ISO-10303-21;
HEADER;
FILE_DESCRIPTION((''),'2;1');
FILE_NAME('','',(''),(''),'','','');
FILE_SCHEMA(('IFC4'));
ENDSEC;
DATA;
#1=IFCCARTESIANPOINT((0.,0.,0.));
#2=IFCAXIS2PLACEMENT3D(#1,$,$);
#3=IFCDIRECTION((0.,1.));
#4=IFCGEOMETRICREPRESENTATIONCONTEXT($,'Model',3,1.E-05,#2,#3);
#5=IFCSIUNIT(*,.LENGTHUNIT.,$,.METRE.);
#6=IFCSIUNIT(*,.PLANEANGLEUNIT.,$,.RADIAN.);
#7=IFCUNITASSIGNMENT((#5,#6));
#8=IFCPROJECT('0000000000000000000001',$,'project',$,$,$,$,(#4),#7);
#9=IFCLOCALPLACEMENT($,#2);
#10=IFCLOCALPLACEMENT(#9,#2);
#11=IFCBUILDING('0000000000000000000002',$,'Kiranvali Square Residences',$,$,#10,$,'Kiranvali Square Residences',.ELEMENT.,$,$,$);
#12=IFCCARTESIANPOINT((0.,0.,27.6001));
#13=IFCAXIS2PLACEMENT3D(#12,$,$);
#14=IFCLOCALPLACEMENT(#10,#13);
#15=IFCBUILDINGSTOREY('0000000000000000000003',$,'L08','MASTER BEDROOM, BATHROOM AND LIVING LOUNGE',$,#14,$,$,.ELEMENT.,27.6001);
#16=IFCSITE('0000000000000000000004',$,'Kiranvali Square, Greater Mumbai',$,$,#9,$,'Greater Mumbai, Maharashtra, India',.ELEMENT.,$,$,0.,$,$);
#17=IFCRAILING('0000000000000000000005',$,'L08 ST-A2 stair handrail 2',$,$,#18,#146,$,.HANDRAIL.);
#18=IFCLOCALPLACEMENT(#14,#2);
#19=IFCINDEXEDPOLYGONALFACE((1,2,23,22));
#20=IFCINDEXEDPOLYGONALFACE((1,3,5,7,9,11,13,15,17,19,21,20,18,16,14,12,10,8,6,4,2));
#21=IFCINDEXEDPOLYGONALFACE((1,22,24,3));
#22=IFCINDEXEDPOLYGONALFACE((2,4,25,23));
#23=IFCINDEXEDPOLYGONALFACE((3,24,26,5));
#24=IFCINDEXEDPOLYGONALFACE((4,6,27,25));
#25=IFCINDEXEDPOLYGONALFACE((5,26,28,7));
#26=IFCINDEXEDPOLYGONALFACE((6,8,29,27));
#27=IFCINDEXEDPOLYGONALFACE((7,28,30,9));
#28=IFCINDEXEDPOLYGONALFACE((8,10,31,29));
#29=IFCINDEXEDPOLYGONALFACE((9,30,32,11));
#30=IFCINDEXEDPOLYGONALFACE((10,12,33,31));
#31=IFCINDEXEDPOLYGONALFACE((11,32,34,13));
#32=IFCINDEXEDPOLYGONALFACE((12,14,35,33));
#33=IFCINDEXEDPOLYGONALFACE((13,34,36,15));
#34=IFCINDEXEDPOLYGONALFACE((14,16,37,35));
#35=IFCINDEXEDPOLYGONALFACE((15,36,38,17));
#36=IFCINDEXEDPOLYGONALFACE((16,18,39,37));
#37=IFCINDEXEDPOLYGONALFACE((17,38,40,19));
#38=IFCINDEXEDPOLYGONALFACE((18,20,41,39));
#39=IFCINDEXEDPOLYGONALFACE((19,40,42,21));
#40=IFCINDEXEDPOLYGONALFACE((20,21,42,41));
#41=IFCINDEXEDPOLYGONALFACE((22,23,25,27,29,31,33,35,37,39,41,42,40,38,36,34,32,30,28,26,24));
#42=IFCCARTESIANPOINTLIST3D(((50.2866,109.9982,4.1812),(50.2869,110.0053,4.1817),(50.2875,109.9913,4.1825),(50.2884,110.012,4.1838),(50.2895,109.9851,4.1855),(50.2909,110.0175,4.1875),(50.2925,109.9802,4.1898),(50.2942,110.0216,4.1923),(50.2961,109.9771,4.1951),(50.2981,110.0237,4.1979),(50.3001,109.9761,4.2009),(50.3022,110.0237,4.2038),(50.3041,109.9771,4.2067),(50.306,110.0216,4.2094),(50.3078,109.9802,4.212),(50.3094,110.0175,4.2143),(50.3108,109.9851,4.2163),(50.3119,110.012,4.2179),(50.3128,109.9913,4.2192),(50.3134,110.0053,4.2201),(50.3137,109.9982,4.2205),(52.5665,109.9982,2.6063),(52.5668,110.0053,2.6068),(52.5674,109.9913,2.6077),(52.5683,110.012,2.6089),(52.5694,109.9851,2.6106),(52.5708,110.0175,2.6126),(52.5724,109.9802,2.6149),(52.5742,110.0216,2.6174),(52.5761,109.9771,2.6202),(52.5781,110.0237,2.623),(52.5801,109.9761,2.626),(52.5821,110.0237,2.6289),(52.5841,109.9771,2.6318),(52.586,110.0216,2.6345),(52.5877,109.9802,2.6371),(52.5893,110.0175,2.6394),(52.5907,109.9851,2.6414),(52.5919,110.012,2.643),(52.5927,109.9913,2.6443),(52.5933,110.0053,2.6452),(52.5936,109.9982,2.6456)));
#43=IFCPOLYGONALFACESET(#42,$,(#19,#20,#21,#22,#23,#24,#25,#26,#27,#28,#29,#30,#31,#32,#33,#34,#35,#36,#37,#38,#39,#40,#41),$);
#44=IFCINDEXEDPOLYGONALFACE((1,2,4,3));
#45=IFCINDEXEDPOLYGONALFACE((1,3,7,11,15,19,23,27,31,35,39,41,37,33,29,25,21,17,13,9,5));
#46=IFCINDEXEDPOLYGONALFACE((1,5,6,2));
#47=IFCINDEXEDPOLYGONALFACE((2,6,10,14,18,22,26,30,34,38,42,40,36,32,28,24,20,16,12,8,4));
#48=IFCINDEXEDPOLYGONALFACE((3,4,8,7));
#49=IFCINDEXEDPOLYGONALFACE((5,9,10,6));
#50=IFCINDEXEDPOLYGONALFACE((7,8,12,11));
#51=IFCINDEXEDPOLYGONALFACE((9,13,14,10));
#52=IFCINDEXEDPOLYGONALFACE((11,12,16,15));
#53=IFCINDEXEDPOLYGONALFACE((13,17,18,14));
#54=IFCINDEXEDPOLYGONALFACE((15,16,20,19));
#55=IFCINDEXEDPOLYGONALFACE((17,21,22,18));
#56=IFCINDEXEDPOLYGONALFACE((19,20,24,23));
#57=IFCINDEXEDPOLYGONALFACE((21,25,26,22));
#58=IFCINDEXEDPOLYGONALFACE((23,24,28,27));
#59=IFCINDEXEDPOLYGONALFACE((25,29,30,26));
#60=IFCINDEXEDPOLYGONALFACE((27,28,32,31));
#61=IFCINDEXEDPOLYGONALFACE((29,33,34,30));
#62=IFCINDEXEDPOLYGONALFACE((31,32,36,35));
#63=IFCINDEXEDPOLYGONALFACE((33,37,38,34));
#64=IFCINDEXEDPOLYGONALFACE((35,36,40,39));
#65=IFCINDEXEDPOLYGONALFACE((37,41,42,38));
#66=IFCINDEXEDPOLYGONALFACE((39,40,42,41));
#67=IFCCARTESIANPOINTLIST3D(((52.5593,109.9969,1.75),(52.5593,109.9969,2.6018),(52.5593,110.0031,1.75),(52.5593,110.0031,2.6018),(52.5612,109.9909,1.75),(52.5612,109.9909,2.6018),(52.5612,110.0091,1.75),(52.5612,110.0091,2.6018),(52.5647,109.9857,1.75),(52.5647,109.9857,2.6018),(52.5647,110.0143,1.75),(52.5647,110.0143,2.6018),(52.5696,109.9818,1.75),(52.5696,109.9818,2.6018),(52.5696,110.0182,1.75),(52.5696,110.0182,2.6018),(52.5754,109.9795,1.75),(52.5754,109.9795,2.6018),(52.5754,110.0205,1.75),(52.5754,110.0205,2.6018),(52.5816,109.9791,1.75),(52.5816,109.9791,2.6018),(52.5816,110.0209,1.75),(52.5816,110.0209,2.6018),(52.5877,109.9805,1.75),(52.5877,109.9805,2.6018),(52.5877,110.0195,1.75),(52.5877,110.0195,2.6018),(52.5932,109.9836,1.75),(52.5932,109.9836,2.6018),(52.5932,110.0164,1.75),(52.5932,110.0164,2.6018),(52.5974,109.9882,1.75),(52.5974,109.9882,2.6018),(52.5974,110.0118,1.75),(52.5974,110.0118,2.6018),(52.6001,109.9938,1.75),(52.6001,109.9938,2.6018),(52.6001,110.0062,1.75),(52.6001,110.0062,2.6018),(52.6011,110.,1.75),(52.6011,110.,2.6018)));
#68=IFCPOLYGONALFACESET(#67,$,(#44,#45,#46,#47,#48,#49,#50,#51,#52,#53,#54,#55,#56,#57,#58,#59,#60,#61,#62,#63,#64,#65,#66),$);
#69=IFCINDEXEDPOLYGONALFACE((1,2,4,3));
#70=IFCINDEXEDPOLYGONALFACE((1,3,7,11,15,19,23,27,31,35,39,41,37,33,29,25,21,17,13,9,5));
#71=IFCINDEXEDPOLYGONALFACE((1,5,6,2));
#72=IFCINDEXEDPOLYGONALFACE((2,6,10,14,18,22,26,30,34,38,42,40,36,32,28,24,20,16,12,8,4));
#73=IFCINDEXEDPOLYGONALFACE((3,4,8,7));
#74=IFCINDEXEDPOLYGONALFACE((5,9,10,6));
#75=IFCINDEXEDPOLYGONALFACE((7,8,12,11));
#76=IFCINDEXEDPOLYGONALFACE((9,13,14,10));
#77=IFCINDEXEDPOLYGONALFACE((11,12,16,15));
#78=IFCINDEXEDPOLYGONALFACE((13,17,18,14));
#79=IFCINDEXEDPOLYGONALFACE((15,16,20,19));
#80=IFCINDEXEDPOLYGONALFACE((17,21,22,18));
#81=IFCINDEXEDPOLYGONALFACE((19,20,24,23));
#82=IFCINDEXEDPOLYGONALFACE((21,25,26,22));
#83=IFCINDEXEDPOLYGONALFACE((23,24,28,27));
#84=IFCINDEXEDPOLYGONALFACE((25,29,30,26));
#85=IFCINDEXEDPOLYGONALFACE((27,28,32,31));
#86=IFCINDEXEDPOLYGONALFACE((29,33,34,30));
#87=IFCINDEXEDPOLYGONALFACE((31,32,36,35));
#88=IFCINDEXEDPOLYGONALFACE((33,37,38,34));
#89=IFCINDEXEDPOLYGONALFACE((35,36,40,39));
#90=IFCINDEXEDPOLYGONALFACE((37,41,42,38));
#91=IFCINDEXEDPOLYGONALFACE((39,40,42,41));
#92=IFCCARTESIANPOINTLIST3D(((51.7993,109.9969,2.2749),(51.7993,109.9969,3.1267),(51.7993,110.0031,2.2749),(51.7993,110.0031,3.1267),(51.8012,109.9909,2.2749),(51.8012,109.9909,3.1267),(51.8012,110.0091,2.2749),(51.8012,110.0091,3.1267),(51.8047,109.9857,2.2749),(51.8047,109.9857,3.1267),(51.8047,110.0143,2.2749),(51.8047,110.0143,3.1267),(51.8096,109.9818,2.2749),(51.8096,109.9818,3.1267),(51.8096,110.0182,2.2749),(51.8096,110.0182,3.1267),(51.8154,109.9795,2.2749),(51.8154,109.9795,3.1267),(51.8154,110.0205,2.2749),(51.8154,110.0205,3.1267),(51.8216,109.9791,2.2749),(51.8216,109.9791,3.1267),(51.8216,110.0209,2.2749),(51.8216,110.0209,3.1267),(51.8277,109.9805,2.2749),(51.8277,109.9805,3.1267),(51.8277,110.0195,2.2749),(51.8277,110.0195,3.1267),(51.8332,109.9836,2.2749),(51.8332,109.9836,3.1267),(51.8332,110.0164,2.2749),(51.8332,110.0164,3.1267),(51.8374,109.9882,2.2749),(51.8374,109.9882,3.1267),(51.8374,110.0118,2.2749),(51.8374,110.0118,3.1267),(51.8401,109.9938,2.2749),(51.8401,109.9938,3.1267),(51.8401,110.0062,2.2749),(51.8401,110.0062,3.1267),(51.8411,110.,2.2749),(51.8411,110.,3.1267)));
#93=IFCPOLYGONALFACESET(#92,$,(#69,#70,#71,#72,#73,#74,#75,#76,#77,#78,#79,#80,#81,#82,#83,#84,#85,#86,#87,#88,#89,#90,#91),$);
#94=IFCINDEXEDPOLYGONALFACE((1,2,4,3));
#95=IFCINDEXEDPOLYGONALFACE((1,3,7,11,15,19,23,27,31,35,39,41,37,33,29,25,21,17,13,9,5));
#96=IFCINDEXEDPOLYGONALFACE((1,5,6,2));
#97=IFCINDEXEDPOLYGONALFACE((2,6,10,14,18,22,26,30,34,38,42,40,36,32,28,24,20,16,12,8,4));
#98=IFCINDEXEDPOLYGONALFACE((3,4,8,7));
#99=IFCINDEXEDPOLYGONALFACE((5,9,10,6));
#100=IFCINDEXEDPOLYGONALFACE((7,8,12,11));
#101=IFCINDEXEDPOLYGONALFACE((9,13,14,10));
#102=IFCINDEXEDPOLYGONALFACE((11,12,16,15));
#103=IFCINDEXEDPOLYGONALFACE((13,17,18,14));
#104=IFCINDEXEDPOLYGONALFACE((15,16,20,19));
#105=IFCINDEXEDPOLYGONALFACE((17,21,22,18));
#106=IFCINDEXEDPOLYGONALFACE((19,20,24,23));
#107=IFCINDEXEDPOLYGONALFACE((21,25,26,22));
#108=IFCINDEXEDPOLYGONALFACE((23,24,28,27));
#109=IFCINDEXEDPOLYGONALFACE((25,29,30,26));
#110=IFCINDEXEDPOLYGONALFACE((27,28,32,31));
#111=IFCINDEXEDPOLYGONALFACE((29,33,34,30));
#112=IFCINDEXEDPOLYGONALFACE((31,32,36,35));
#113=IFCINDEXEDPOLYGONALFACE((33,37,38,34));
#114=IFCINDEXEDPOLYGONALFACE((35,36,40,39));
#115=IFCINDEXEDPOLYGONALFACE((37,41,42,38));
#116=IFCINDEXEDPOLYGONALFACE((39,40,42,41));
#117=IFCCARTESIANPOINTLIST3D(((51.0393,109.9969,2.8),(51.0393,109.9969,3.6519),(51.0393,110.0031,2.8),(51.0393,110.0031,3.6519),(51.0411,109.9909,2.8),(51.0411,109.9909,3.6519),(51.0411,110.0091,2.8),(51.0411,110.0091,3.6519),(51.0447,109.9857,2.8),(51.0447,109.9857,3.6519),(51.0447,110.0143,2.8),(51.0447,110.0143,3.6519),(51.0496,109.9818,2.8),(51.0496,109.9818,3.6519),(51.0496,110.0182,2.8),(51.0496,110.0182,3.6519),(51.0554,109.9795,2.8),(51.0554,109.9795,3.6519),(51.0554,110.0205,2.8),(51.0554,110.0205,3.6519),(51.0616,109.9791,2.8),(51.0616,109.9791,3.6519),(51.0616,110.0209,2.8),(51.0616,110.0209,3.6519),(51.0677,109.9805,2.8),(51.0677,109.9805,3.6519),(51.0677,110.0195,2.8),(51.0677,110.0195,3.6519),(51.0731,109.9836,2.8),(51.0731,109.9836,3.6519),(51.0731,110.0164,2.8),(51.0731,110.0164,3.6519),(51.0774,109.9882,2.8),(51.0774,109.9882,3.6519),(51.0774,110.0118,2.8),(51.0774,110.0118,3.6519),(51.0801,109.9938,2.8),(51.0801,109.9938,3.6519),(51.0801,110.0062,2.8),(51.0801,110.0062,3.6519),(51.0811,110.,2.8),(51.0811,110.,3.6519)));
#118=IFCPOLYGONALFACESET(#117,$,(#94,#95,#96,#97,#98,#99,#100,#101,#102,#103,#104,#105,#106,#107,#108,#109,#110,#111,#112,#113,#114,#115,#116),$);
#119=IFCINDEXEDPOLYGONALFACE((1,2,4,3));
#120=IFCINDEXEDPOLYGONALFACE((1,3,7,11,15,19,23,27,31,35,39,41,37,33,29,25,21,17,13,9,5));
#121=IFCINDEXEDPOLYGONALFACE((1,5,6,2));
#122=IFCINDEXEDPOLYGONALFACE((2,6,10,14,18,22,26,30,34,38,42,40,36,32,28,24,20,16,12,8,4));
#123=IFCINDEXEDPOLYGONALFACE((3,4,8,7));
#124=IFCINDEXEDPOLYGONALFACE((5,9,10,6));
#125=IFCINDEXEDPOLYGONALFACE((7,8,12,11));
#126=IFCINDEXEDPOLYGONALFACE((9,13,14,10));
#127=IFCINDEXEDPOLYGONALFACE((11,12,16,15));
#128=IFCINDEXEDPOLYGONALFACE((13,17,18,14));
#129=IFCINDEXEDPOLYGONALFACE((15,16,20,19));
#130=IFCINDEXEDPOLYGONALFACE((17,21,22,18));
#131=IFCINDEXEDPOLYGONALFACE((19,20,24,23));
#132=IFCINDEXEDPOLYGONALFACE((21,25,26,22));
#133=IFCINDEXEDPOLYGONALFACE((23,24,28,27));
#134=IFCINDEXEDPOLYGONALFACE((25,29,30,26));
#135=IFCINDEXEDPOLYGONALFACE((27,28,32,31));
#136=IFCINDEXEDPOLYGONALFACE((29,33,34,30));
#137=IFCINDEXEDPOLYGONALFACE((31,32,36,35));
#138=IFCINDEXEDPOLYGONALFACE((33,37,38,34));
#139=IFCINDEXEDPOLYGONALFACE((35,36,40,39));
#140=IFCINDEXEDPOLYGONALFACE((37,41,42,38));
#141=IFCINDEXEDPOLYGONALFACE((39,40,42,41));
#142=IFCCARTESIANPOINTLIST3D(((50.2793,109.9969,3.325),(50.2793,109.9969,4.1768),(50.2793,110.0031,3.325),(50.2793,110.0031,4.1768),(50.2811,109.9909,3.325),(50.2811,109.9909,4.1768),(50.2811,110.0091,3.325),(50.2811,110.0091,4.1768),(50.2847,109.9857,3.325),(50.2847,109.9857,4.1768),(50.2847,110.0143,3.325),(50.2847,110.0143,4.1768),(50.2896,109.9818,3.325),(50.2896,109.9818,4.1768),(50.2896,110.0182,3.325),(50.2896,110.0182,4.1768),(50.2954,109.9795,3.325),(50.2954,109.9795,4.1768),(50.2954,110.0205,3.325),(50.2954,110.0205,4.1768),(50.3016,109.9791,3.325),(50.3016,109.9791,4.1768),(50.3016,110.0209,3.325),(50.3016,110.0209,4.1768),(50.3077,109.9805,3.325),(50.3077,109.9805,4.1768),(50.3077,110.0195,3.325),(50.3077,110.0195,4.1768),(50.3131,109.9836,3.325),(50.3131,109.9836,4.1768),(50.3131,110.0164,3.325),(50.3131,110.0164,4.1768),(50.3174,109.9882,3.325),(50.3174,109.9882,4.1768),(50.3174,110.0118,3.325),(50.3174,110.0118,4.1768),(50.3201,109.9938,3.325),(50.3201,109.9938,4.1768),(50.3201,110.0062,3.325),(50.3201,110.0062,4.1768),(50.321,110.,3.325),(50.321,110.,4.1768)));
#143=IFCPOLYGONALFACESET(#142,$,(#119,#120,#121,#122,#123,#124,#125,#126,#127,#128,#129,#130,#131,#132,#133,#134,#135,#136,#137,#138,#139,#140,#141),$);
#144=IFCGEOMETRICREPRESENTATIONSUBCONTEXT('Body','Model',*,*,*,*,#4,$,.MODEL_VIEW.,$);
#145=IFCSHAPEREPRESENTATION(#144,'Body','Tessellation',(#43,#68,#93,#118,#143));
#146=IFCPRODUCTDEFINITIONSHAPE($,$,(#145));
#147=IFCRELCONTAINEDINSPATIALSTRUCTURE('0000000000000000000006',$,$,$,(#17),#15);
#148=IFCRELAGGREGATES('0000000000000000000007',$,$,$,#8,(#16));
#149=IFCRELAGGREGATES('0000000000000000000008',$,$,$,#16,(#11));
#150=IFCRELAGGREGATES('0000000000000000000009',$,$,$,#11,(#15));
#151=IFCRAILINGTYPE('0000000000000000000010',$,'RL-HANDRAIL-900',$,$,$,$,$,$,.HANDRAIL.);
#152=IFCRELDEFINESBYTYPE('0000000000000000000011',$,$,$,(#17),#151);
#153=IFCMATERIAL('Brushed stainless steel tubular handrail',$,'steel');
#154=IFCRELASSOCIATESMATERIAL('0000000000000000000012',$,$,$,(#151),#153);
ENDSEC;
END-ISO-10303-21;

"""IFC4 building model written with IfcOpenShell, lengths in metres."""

from ifc_helpers import new_model, si_unit, direction, frame, origin, origin_2d, place, context, subcontext, project, spatial, circle, extrude, material, type_object, element, save


model = new_model("IFC4")

# Units and contexts
model_context = context("Model", 3, precision=1e-05, world=origin(), true_north=direction((0.0, 1.0)))
body_context = subcontext(model_context, "Body", "Model", "MODEL_VIEW")
ifc_project = project(units=[si_unit("LENGTHUNIT", "METRE"), si_unit("PLANEANGLEUNIT", "RADIAN")], contexts=[model_context])

# Site, building, storey
site_placement = place(None, origin())
site = spatial("IfcSite", under=ifc_project, at=site_placement, Name="Kiranvali Square, Greater Mumbai", LongName="Greater Mumbai, Maharashtra, India", CompositionType="ELEMENT", RefElevation=0.0)
building_placement = place(site_placement, origin())
building = spatial("IfcBuilding", under=site, at=building_placement, Name="Kiranvali Square Residences", LongName="Kiranvali Square Residences", CompositionType="ELEMENT")
storey_placement = place(building_placement, frame((0.0, 0.0, 27.6001)))
storey = spatial("IfcBuildingStorey", under=building, at=storey_placement, Name="L08", Description="MASTER BEDROOM, BATHROOM AND LIVING LOUNGE", CompositionType="ELEMENT", Elevation=27.6001)

# Railing
ifc_material_1 = material(Name="Brushed stainless steel tubular handrail", Category="steel")
railing_type_1 = type_object("IfcRailingType", Name="RL-HANDRAIL-900", PredefinedType="HANDRAIL", material=ifc_material_1)
railing_1_placement = place(storey_placement, frame((52.5801, 110.0, 1.75)))
element("IfcRailing", 1, at=railing_1_placement, inside=storey, type_object=railing_type_1, Name="L08 ST-A2 stair handrail 2", PredefinedType="HANDRAIL", context=body_context, shape_type="SweptSolid", body=[
    extrude(circle(Radius=0.0239, at=origin_2d()), frame((0.0, 0.0, 0.876), z_axis=(-0.822788, 0.0, 0.568348), x_axis=(0.0, -1.0, 0.0)), (0.0, 0.0, 1.0), 2.771),
    extrude(circle(Radius=0.021, at=origin_2d()), origin(), (0.0, 0.0, 1.0), 0.8518),
    extrude(circle(Radius=0.021, at=origin_2d()), frame((-0.76, 0.0, 0.5249)), (0.0, 0.0, 1.0), 0.8518),
    extrude(circle(Radius=0.021, at=origin_2d()), frame((-1.52, 0.0, 1.05)), (0.0, 0.0, 1.0), 0.8518),
    extrude(circle(Radius=0.021, at=origin_2d()), frame((-2.28, 0.0, 1.575)), (0.0, 0.0, 1.0), 0.8518),
])

save(model, "model.ifc")
